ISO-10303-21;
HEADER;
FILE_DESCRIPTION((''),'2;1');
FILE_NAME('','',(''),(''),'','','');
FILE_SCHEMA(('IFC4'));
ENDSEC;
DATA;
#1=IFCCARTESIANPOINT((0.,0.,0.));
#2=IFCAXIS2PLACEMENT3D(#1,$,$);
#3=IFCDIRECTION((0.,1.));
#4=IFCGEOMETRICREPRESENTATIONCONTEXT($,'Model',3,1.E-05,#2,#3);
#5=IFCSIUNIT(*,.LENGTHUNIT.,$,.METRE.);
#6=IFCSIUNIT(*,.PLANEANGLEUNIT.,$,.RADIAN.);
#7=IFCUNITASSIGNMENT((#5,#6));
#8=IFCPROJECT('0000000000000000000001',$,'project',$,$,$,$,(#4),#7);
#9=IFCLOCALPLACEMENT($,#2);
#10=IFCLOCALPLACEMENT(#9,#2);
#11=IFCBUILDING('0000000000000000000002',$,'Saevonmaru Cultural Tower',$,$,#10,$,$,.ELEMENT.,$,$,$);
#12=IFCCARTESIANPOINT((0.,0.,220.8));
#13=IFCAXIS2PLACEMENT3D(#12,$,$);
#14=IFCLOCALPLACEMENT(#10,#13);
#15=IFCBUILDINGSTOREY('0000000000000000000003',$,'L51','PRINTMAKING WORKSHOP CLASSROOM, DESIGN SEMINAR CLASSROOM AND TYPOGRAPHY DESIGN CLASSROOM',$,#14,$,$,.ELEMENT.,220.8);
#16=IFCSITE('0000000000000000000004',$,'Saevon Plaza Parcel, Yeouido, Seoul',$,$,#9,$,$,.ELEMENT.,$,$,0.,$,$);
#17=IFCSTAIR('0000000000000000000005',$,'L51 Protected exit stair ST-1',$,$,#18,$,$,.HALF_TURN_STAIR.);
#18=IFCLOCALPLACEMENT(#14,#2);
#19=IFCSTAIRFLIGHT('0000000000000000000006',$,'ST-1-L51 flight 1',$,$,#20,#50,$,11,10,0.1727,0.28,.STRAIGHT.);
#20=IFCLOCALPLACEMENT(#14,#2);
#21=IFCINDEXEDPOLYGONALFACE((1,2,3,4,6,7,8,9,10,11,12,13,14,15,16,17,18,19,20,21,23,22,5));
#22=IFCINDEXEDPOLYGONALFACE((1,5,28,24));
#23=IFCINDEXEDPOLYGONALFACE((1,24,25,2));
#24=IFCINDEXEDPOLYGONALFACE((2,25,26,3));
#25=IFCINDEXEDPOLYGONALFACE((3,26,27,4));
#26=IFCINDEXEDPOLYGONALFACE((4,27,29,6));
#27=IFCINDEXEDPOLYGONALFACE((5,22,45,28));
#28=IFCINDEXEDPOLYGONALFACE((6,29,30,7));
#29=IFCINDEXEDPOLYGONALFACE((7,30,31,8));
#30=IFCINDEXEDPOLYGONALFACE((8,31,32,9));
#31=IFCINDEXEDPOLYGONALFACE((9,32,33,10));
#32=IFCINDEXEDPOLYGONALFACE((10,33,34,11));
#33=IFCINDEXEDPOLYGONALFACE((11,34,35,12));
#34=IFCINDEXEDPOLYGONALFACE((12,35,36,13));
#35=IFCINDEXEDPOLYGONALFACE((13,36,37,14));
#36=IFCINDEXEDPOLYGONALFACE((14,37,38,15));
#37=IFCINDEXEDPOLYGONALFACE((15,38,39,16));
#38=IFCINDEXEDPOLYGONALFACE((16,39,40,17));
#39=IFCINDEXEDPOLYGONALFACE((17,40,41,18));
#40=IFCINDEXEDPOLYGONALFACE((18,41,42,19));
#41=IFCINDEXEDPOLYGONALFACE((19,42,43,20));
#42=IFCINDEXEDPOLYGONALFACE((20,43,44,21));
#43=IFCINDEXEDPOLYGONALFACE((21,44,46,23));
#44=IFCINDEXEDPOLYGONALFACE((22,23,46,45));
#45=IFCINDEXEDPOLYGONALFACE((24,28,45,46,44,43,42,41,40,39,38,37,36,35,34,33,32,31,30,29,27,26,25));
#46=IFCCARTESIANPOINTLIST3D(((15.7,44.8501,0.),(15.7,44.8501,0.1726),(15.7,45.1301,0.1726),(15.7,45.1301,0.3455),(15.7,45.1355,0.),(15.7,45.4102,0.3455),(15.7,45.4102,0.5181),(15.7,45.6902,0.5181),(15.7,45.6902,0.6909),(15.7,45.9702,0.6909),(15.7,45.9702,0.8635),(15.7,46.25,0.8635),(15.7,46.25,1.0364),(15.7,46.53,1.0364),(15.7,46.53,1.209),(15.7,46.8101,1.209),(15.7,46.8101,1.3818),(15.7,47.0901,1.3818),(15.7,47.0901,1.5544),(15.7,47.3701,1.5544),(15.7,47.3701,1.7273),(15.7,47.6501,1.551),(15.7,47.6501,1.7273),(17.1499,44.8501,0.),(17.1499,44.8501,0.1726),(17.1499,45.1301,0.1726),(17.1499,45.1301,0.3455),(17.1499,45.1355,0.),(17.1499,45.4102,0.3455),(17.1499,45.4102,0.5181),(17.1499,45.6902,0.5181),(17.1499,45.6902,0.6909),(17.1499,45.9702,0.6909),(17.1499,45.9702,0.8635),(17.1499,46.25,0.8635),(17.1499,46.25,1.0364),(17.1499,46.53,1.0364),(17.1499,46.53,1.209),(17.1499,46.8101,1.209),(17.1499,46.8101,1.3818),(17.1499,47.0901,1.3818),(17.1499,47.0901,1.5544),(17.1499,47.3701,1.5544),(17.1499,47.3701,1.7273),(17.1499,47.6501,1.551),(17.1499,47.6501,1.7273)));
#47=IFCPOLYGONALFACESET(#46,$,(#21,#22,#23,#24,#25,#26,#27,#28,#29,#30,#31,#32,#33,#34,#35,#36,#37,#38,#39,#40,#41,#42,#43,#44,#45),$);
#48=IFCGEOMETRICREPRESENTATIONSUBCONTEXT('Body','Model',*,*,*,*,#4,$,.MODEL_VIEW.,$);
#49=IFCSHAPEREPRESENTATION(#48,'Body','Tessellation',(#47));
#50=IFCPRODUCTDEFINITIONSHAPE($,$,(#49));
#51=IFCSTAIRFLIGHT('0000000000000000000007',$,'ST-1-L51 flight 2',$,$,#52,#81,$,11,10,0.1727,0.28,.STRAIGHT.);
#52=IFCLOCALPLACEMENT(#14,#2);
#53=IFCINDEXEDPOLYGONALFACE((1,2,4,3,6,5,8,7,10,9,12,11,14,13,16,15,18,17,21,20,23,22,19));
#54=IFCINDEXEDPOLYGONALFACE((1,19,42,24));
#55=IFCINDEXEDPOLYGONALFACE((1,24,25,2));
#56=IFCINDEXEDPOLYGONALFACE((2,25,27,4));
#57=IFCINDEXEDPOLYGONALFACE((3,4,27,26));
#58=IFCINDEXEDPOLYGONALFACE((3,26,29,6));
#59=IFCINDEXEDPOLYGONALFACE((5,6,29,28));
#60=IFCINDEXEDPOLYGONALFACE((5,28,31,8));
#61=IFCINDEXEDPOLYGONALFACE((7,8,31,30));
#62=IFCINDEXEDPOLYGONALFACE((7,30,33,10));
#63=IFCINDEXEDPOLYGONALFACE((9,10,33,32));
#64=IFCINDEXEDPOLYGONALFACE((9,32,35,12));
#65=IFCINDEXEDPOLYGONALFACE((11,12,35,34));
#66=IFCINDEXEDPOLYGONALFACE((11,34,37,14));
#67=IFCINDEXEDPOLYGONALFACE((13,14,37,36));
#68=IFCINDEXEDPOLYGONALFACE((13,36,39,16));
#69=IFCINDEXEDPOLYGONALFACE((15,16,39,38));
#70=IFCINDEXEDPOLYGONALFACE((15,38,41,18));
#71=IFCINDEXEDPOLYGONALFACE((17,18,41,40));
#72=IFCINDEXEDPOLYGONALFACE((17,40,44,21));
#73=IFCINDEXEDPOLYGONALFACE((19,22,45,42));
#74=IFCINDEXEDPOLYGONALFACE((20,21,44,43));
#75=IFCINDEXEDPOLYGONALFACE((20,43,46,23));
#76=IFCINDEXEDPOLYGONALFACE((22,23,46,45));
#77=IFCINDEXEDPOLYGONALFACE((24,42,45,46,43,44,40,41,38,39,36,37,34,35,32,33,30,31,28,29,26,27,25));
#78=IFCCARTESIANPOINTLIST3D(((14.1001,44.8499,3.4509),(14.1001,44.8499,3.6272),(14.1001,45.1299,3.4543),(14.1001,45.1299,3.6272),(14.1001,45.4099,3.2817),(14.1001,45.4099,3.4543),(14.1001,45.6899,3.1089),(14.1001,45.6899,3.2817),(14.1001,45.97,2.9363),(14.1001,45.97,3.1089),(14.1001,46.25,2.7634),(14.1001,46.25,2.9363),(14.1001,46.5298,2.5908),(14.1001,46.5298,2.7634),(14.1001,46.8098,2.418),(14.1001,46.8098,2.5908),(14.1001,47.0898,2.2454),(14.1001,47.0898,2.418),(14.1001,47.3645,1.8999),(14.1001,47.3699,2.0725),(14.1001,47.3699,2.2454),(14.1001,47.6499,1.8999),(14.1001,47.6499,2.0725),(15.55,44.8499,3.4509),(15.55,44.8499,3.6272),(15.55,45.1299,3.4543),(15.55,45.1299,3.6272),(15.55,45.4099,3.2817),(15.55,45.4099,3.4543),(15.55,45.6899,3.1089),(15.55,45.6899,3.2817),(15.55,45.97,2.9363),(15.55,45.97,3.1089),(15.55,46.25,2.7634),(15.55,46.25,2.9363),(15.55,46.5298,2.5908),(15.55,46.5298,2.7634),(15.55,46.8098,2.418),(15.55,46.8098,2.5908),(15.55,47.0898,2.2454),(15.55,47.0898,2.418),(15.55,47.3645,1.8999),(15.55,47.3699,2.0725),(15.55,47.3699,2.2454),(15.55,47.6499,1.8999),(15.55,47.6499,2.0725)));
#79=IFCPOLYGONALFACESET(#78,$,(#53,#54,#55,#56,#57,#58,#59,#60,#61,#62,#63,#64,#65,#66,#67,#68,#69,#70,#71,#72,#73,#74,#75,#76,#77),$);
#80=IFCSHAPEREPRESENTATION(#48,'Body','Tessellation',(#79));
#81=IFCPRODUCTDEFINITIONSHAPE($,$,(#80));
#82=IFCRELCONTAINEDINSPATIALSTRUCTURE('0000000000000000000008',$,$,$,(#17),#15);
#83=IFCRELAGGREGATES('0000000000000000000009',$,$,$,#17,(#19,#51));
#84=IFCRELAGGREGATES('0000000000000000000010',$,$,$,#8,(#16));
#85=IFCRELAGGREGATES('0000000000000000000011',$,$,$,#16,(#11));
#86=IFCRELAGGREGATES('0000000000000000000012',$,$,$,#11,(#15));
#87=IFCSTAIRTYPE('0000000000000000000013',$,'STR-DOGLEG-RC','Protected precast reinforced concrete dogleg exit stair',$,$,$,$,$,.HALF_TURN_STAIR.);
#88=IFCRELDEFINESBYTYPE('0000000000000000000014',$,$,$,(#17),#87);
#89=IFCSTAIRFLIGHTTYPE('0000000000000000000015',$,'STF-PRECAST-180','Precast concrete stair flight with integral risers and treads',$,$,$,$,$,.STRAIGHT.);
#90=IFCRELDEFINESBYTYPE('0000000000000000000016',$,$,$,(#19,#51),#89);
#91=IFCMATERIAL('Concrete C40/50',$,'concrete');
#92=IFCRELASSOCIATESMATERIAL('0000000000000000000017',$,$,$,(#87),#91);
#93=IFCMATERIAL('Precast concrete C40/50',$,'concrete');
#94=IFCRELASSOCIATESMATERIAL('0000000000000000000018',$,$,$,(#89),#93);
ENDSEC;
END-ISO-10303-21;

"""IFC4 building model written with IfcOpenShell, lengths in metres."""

from ifc_helpers import new_model, si_unit, direction, frame, origin, place, context, subcontext, project, spatial, polyline, outline, extrude, material, type_object, element, aggregate, save


model = new_model("IFC4")

# Units and contexts
model_context = context("Model", 3, precision=1e-05, world=origin(), true_north=direction((0.0, 1.0)))
body_context = subcontext(model_context, "Body", "Model", "MODEL_VIEW")
ifc_project = project(units=[si_unit("LENGTHUNIT", "METRE"), si_unit("PLANEANGLEUNIT", "RADIAN")], contexts=[model_context])

# Site, building, storey
site_placement = place(None, origin())
site = spatial("IfcSite", under=ifc_project, at=site_placement, Name="Saevon Plaza Parcel, Yeouido, Seoul", CompositionType="ELEMENT", RefElevation=0.0)
building_placement = place(site_placement, origin())
building = spatial("IfcBuilding", under=site, at=building_placement, Name="Saevonmaru Cultural Tower", CompositionType="ELEMENT")
storey_placement = place(building_placement, frame((0.0, 0.0, 220.8)))
storey = spatial("IfcBuildingStorey", under=building, at=storey_placement, Name="L51", Description="PRINTMAKING WORKSHOP CLASSROOM, DESIGN SEMINAR CLASSROOM AND TYPOGRAPHY DESIGN CLASSROOM", CompositionType="ELEMENT", Elevation=220.8)

# Shared definitions
ifc_material_1 = material(Name="Concrete C40/50", Category="concrete")

# Stair, stair flights
stair_type = type_object("IfcStairType", Name="STR-DOGLEG-RC", Description="Protected precast reinforced concrete dogleg exit stair", PredefinedType="HALF_TURN_STAIR", material=ifc_material_1)
stair_placement = place(storey_placement, origin())
stair = element("IfcStair", 1, at=stair_placement, inside=storey, type_object=stair_type, Name="L51 Protected exit stair ST-1", PredefinedType="HALF_TURN_STAIR")
ifc_material_2 = material(Name="Precast concrete C40/50", Category="concrete")
stair_flight_type = type_object("IfcStairFlightType", Name="STF-PRECAST-180", Description="Precast concrete stair flight with integral risers and treads", PredefinedType="STRAIGHT", material=ifc_material_2)
stair_flight_1_placement = place(storey_placement, frame((16.425, 44.8501, 0.0), z_axis=(0.0, 0.0, 1.0), x_axis=(0.0, 1.0, 0.0)))
stair_flight_1 = element("IfcStairFlight", 2, at=stair_flight_1_placement, type_object=stair_flight_type, Name="ST-1-L51 flight 1", NumberOfRisers=11, NumberOfTreads=10, PredefinedType="STRAIGHT", RiserHeight=0.1727, TreadLength=0.28, context=body_context, shape_type="SweptSolid", body=[
    extrude(outline(polyline([(0.0, 0.0), (0.0, 0.1726), (0.28, 0.1726), (0.28, 0.3455), (0.5601, 0.3455), (0.5601, 0.5181), (0.8401, 0.5181), (0.8401, 0.6909), (1.1201, 0.6909), (1.1201, 0.8635), (1.3999, 0.8635), (1.3999, 1.0364), (1.6799, 1.0364), (1.6799, 1.209), (1.96, 1.209), (1.96, 1.3818), (2.24, 1.3818), (2.24, 1.5544), (2.52, 1.5544), (2.52, 1.7273), (2.8, 1.7273), (2.8, 1.8999), (2.8, 1.551), (0.2854, 0.0), (0.0, 0.0)])), frame((0.0, 0.7251, 0.0), z_axis=(0.0, -1.0, 0.0), x_axis=(1.0, 0.0, 0.0)), (0.0, 0.0, 1.0), 1.45),
])
stair_flight_2_placement = place(storey_placement, frame((14.825, 47.6499, 1.8999), z_axis=(0.0, 0.0, 1.0), x_axis=(0.0, -1.0, 0.0)))
stair_flight_2 = element("IfcStairFlight", 3, at=stair_flight_2_placement, type_object=stair_flight_type, Name="ST-1-L51 flight 2", NumberOfRisers=11, NumberOfTreads=10, PredefinedType="STRAIGHT", RiserHeight=0.1727, TreadLength=0.28, context=body_context, shape_type="SweptSolid", body=[
    extrude(outline(polyline([(0.0, 0.0), (0.0, 0.1726), (0.28, 0.1726), (0.28, 0.3455), (0.5601, 0.3455), (0.5601, 0.5181), (0.8401, 0.5181), (0.8401, 0.6909), (1.1201, 0.6909), (1.1201, 0.8635), (1.3999, 0.8635), (1.3999, 1.0364), (1.6799, 1.0364), (1.6799, 1.209), (1.96, 1.209), (1.96, 1.3818), (2.24, 1.3818), (2.24, 1.5544), (2.52, 1.5544), (2.52, 1.7273), (2.8, 1.7273), (2.8, 1.8999), (2.8, 1.551), (0.2854, 0.0), (0.0, 0.0)])), frame((0.0, 0.7251, 0.0), z_axis=(0.0, -1.0, 0.0), x_axis=(1.0, 0.0, 0.0)), (0.0, 0.0, 1.0), 1.45),
])
aggregate(stair, [stair_flight_1, stair_flight_2])

save(model, "model.ifc")
